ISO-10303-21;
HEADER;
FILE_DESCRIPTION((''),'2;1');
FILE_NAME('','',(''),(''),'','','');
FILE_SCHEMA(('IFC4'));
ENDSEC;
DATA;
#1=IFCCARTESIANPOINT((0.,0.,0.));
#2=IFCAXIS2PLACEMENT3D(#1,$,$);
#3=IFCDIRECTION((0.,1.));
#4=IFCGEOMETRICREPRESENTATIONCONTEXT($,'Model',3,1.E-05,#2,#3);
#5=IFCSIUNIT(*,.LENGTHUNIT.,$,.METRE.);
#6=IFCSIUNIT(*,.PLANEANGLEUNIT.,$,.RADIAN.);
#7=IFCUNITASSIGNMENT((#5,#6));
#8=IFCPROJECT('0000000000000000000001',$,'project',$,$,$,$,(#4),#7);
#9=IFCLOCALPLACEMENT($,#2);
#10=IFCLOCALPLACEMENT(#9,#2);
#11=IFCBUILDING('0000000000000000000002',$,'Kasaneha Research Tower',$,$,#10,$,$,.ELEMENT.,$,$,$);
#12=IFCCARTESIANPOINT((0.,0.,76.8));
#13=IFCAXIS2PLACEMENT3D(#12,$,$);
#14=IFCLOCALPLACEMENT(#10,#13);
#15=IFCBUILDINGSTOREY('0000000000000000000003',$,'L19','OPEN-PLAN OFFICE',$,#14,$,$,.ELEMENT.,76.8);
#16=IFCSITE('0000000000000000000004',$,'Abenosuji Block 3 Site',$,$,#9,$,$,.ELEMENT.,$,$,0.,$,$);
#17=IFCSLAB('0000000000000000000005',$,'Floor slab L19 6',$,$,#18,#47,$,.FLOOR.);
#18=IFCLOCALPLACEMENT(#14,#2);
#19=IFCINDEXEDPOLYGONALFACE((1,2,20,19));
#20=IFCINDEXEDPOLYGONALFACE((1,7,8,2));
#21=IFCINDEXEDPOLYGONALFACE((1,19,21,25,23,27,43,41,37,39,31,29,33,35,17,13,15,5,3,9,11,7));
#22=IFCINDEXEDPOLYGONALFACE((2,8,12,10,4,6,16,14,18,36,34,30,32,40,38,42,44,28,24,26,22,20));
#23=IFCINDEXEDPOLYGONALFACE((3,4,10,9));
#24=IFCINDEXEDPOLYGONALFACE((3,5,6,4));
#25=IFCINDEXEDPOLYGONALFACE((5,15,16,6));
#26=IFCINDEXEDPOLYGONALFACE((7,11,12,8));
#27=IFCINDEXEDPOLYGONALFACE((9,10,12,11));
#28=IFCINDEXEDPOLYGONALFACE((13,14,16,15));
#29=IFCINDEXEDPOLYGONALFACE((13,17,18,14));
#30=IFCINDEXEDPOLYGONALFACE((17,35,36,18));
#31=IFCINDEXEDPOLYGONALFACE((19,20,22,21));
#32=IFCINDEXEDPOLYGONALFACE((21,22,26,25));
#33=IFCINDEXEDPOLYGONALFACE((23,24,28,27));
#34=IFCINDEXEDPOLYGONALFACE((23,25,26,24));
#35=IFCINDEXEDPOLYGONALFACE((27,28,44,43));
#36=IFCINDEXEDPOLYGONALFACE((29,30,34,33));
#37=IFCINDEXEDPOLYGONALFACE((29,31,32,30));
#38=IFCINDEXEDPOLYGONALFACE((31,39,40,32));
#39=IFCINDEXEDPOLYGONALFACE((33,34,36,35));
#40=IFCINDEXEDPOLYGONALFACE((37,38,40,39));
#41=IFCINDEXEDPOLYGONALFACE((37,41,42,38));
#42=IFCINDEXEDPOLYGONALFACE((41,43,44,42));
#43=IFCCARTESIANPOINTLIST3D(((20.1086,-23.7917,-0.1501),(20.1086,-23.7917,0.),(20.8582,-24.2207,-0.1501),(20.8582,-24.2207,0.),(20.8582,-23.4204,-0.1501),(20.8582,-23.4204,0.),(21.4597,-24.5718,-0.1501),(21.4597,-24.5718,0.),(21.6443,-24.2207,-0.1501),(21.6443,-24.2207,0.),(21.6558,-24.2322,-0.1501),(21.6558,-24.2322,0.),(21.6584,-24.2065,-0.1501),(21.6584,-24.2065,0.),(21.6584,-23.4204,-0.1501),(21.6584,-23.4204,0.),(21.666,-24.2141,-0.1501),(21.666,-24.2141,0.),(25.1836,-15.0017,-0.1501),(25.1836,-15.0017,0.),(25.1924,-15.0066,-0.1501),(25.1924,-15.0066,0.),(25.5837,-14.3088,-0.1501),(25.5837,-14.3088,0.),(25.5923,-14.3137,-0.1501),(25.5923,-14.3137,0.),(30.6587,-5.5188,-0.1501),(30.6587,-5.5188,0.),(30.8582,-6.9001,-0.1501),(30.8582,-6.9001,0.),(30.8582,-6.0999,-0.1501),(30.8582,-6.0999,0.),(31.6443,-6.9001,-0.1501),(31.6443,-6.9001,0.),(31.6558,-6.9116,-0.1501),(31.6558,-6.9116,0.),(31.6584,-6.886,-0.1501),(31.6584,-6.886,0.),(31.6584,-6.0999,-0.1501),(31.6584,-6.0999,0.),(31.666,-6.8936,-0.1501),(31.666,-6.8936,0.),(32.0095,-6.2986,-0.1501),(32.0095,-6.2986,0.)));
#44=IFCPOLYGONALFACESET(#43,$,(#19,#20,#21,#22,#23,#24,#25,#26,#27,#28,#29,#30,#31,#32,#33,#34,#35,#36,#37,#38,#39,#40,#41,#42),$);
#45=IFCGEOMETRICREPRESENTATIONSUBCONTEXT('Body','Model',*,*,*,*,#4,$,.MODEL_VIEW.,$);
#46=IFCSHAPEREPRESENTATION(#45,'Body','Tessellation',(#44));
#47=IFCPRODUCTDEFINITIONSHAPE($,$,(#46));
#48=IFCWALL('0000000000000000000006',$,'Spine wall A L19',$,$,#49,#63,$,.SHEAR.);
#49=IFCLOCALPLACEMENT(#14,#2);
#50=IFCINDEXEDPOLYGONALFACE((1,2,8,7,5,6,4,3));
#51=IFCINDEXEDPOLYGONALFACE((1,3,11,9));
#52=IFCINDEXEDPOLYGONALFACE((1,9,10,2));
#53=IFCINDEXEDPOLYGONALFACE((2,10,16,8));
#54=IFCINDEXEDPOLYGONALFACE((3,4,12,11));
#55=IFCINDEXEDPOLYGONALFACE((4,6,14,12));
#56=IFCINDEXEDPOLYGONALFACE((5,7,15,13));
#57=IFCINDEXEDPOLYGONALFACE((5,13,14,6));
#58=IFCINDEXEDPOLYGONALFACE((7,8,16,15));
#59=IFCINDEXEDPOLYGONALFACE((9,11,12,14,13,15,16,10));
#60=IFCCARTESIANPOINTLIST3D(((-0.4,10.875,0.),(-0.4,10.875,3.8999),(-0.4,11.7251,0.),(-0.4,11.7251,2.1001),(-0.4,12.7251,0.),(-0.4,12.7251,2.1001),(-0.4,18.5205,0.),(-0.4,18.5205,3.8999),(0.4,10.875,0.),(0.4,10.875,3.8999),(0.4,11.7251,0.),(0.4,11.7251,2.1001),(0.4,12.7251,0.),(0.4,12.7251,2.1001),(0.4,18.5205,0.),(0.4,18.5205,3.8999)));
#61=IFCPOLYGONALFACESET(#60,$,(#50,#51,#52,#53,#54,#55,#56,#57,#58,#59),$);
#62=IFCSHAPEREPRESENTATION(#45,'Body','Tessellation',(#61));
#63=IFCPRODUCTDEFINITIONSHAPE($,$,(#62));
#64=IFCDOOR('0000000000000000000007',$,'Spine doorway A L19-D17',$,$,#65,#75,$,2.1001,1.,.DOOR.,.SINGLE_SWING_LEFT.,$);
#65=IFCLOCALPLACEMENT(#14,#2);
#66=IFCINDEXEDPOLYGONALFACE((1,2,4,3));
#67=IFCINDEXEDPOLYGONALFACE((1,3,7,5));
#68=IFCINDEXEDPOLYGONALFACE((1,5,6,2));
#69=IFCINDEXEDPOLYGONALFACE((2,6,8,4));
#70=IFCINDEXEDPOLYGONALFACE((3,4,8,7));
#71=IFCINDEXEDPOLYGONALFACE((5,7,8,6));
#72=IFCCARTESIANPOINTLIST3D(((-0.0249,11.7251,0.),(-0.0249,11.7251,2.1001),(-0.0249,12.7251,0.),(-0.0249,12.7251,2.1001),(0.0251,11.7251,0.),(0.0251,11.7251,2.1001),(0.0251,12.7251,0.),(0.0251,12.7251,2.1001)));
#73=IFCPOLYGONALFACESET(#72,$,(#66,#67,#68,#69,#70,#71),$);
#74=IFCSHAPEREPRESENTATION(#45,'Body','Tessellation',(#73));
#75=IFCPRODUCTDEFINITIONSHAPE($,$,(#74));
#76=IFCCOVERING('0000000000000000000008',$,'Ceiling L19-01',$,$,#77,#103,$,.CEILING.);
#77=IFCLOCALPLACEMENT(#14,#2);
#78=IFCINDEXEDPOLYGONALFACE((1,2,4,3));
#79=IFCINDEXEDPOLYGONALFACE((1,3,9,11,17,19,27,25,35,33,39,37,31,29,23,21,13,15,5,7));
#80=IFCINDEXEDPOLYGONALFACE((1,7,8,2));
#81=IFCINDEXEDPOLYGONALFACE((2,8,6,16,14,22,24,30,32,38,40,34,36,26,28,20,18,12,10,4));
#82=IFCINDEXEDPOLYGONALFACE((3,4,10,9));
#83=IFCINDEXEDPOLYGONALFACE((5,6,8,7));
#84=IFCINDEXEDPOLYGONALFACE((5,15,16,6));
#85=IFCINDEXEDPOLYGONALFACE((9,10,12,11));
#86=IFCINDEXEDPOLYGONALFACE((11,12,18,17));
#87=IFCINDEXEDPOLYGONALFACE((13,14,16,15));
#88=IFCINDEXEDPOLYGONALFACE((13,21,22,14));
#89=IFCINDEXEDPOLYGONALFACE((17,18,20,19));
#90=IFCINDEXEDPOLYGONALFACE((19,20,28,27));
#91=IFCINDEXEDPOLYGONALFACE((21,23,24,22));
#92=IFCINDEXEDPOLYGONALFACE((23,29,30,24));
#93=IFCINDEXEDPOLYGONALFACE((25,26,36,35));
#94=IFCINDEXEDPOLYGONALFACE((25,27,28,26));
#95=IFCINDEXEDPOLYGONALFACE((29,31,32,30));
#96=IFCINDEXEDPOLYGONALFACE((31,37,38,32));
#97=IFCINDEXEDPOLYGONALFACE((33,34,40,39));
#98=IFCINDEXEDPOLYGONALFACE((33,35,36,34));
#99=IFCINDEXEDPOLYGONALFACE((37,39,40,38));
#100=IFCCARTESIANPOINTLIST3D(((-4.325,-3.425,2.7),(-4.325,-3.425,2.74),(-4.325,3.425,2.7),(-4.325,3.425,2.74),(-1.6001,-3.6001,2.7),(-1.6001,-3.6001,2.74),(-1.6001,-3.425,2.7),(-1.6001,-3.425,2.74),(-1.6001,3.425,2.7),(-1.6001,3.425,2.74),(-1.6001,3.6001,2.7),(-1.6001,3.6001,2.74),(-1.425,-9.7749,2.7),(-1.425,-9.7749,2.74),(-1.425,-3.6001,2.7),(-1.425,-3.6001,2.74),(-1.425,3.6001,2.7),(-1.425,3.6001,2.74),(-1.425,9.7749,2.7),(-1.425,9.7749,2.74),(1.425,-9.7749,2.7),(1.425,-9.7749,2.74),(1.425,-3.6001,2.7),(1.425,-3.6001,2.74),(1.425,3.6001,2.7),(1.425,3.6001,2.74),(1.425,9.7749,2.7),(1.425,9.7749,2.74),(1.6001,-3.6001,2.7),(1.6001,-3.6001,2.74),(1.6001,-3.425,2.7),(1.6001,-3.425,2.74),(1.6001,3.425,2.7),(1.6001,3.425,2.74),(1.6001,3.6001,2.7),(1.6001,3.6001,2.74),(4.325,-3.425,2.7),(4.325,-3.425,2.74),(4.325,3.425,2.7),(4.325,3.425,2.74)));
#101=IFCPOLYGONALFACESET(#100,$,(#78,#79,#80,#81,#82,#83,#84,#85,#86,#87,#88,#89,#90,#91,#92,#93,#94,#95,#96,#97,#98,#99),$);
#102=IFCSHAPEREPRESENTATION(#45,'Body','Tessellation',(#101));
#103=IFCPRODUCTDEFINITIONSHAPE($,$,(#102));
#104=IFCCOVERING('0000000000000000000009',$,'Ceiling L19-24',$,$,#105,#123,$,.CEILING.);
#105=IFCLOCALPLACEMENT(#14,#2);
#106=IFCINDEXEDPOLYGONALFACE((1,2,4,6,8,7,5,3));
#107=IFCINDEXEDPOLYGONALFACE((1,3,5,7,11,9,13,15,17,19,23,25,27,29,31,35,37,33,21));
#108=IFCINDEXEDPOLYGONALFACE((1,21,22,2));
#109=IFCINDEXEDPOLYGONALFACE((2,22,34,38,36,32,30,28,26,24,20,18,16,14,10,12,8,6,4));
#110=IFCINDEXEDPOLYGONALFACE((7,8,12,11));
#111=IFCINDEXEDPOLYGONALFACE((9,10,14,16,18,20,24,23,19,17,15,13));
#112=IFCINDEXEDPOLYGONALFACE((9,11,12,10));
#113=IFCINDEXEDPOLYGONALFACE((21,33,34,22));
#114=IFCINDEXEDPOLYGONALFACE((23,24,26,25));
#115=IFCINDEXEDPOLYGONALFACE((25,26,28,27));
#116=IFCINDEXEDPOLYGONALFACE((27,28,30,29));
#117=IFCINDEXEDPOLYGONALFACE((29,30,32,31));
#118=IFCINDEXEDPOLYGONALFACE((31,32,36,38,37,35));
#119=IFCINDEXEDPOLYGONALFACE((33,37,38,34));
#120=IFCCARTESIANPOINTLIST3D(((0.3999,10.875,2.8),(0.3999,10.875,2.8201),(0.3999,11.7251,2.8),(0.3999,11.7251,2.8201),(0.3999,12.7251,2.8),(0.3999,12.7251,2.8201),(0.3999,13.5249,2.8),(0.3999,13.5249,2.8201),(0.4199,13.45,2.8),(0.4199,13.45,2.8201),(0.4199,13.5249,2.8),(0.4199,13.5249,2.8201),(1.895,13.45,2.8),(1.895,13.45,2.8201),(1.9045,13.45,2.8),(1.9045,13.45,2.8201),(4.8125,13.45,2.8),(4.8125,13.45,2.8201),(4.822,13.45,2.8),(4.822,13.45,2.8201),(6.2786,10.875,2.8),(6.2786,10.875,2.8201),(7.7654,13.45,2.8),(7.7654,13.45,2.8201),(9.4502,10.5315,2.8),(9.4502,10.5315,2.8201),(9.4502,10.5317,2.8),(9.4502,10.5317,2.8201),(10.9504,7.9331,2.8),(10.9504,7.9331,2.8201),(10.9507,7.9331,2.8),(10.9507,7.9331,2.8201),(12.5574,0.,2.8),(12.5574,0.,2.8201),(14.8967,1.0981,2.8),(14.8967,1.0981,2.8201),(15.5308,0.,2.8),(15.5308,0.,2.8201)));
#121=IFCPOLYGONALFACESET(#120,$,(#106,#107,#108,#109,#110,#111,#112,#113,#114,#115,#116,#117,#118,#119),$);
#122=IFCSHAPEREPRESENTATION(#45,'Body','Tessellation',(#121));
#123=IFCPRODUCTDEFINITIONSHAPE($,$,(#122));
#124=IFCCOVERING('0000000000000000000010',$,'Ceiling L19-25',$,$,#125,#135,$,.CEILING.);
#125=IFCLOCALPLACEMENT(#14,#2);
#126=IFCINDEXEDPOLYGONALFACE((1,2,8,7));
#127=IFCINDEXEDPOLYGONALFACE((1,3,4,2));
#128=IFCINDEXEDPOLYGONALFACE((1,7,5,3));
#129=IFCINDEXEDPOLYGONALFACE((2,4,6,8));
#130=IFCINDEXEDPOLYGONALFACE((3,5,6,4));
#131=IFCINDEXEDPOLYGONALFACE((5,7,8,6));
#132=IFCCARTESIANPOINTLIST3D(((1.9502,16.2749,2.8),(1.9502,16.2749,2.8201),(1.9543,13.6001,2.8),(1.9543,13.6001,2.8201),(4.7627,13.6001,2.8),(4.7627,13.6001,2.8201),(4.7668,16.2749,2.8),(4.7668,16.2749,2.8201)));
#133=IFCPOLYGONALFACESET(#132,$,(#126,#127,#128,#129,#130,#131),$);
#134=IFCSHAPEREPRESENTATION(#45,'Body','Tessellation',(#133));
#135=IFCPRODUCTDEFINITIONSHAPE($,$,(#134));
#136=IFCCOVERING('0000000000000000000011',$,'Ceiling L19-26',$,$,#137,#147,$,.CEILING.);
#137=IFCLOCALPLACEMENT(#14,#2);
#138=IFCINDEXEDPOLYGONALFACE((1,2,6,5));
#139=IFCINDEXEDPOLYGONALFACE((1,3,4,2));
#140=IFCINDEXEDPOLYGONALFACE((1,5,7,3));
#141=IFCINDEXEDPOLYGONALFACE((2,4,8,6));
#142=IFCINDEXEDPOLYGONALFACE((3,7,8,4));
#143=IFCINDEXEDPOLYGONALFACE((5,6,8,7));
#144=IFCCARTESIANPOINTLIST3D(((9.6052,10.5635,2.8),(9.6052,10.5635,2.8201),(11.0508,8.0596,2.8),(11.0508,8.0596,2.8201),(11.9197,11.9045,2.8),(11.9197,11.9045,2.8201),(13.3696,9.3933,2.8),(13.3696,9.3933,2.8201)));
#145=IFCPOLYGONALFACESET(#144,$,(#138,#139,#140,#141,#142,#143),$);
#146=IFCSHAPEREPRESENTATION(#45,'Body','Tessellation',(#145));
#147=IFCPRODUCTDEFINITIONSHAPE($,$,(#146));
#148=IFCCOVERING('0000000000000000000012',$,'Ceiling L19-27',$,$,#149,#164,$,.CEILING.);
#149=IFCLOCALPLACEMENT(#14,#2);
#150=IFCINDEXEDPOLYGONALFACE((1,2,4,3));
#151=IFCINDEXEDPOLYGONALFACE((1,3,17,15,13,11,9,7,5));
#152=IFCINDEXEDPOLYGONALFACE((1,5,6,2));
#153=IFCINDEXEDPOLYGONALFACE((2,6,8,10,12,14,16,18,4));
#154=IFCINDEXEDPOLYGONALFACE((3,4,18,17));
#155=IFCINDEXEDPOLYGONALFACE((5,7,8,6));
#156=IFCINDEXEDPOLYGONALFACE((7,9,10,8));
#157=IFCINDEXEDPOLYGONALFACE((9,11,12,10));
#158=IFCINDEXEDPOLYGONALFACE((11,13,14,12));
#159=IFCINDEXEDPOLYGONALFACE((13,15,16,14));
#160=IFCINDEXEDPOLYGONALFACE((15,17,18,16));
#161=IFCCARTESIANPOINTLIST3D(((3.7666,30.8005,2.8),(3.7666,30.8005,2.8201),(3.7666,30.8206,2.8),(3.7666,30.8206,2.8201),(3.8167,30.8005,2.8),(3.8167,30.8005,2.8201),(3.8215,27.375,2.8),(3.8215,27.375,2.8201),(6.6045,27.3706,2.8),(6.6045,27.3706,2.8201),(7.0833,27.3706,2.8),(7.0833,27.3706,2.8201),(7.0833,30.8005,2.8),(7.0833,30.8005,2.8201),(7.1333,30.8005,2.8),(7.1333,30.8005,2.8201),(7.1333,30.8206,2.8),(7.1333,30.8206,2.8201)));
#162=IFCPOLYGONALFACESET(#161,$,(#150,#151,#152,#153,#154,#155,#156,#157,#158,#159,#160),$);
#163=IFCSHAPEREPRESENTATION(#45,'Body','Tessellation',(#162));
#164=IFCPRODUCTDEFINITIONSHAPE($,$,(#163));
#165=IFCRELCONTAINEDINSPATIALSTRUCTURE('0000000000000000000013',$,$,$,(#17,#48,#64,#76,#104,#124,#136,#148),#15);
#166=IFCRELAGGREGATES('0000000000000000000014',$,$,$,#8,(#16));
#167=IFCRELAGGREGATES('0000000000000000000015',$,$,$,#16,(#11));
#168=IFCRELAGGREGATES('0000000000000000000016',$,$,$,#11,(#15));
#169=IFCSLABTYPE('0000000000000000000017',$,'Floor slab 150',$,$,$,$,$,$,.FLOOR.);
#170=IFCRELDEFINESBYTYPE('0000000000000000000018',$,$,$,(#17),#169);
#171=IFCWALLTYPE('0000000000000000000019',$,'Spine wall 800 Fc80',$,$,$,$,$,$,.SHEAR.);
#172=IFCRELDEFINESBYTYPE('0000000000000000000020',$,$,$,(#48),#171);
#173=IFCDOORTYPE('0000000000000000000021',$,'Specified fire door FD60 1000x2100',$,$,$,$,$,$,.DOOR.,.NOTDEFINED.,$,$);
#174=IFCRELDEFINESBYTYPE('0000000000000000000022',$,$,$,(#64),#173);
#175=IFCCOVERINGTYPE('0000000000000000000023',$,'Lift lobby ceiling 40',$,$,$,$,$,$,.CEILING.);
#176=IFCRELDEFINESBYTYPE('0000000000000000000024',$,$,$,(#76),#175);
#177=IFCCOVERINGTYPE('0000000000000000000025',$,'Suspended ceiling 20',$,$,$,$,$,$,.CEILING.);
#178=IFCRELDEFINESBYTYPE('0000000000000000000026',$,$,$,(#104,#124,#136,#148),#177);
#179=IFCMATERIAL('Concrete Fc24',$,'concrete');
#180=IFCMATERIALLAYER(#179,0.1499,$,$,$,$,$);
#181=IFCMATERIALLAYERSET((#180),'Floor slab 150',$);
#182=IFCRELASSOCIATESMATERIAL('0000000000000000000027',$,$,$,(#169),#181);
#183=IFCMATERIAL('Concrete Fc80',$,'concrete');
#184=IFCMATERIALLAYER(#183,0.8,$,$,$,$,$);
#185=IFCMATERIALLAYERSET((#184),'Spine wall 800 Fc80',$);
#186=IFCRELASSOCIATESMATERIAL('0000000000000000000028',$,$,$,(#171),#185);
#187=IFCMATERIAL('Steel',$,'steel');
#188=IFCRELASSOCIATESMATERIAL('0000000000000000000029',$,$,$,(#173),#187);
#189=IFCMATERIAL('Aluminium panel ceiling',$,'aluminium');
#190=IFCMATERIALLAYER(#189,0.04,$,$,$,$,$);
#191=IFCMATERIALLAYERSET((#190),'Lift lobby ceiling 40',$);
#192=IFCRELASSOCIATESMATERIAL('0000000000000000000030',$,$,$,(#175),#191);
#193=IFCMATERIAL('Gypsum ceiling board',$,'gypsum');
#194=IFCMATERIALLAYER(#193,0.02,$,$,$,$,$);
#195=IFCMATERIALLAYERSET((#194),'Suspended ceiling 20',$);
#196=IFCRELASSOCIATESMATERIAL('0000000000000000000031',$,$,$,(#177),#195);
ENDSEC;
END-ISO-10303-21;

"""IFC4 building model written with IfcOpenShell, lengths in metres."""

from ifc_helpers import new_model, si_unit, direction, frame, frame_2d, origin, place, context, subcontext, project, spatial, polyline, rectangle, outline, extrude, material, layer, layer_set, type_object, element, fill, save


model = new_model("IFC4")

# Units and contexts
model_context = context("Model", 3, precision=1e-05, world=origin(), true_north=direction((0.0, 1.0)))
body_context = subcontext(model_context, "Body", "Model", "MODEL_VIEW")
ifc_project = project(units=[si_unit("LENGTHUNIT", "METRE"), si_unit("PLANEANGLEUNIT", "RADIAN")], contexts=[model_context])

# Site, building, storey
site_placement = place(None, origin())
site = spatial("IfcSite", under=ifc_project, at=site_placement, Name="Abenosuji Block 3 Site", CompositionType="ELEMENT", RefElevation=0.0)
building_placement = place(site_placement, origin())
building = spatial("IfcBuilding", under=site, at=building_placement, Name="Kasaneha Research Tower", CompositionType="ELEMENT")
storey_placement = place(building_placement, frame((0.0, 0.0, 76.8)))
storey = spatial("IfcBuildingStorey", under=building, at=storey_placement, Name="L19", Description="OPEN-PLAN OFFICE", CompositionType="ELEMENT", Elevation=76.8)

# Slab
ifc_material_1 = material(Name="Concrete Fc24", Category="concrete")
ifc_layer_1 = layer(ifc_material_1, 0.1499)
ifc_layer_set_1 = layer_set([ifc_layer_1], Name="Floor slab 150")
slab_type_1 = type_object("IfcSlabType", Name="Floor slab 150", PredefinedType="FLOOR", material=ifc_layer_set_1)
slab_1_placement = place(storey_placement, frame((0.0, 0.0, -0.1501)))
element("IfcSlab", 1, at=slab_1_placement, inside=storey, type_object=slab_type_1, Name="Floor slab L19 6", PredefinedType="FLOOR", context=body_context, shape_type="SweptSolid", body=[
    extrude(outline(polyline([(25.1924, -15.0066), (25.5923, -14.3137), (25.5837, -14.3088), (30.6587, -5.5188), (32.0095, -6.2986), (31.666, -6.8936), (31.6584, -6.886), (31.6584, -6.0999), (30.8582, -6.0999), (30.8582, -6.9001), (31.6443, -6.9001), (31.6558, -6.9116), (21.666, -24.2141), (21.6584, -24.2065), (21.6584, -23.4204), (20.8582, -23.4204), (20.8582, -24.2207), (21.6443, -24.2207), (21.6558, -24.2322), (21.4597, -24.5718), (20.1086, -23.7917), (25.1836, -15.0017), (25.1924, -15.0066)])), origin(), (0.0, 0.0, 1.0), 0.1501),
])

# Wall, opening, door
ifc_material_2 = material(Name="Concrete Fc80", Category="concrete")
ifc_layer_2 = layer(ifc_material_2, 0.8)
ifc_layer_set_2 = layer_set([ifc_layer_2], Name="Spine wall 800 Fc80")
wall_type = type_object("IfcWallType", Name="Spine wall 800 Fc80", PredefinedType="SHEAR", material=ifc_layer_set_2)
wall_placement = place(storey_placement, frame((0.0, 10.875, 0.0), z_axis=(0.0, 0.0, 1.0), x_axis=(0.0, 1.0, 0.0)))
wall = element("IfcWall", 2, at=wall_placement, inside=storey, type_object=wall_type, Name="Spine wall A L19", PredefinedType="SHEAR", context=body_context, shape_type="SweptSolid", body=[
    extrude(rectangle(XDim=7.6455, YDim=0.8, at=frame_2d((3.8228, 0.0))), origin(), (0.0, 0.0, 1.0), 3.8999),
])
opening_placement = place(wall_placement, frame((0.8501, 0.0, 0.0)))
opening = element("IfcOpeningElement", 3, at=opening_placement, cuts=wall, PredefinedType="OPENING", context=body_context, shape_type="SweptSolid", body=[
    extrude(rectangle(XDim=1.0, YDim=2.1001, at=frame_2d((0.5, 1.05))), frame((0.0, 0.4102, 0.0), z_axis=(0.0, -1.0, 0.0), x_axis=(1.0, 0.0, 0.0)), (0.0, 0.0, 1.0), 0.8201),
])
ifc_material_3 = material(Name="Steel", Category="steel")
door_type = type_object("IfcDoorType", Name="Specified fire door FD60 1000x2100", OperationType="NOTDEFINED", PredefinedType="DOOR", material=ifc_material_3)
door_placement = place(opening_placement, origin())
door = element("IfcDoor", 4, at=door_placement, inside=storey, type_object=door_type, Name="Spine doorway A L19-D17", OperationType="SINGLE_SWING_LEFT", OverallHeight=2.1001, OverallWidth=1.0, PredefinedType="DOOR", context=body_context, shape_type="SweptSolid", body=[
    extrude(rectangle(XDim=1.0, YDim=2.1001, at=frame_2d((0.5, 1.05))), frame((0.0, 0.0249, 0.0), z_axis=(0.0, -1.0, 0.0), x_axis=(1.0, 0.0, 0.0)), (0.0, 0.0, 1.0), 0.05),
])
fill(opening, door)

# Coverings
ifc_material_4 = material(Name="Aluminium panel ceiling", Category="aluminium")
ifc_layer_3 = layer(ifc_material_4, 0.04)
ifc_layer_set_3 = layer_set([ifc_layer_3], Name="Lift lobby ceiling 40")
covering_type_1 = type_object("IfcCoveringType", Name="Lift lobby ceiling 40", PredefinedType="CEILING", material=ifc_layer_set_3)
covering_1_placement = place(storey_placement, frame((0.0, 0.0, 2.7)))
element("IfcCovering", 5, at=covering_1_placement, inside=storey, type_object=covering_type_1, Name="Ceiling L19-01", PredefinedType="CEILING", context=body_context, shape_type="SweptSolid", body=[
    extrude(outline(polyline([(1.425, 9.7749), (1.425, 3.6001), (1.6001, 3.6001), (1.6001, 3.425), (4.325, 3.425), (4.325, -3.425), (1.6001, -3.425), (1.6001, -3.6001), (1.425, -3.6001), (1.425, -9.7749), (-1.425, -9.7749), (-1.425, -3.6001), (-1.6001, -3.6001), (-1.6001, -3.425), (-4.325, -3.425), (-4.325, 3.425), (-1.6001, 3.425), (-1.6001, 3.6001), (-1.425, 3.6001), (-1.425, 9.7749), (1.425, 9.7749)])), origin(), (0.0, 0.0, 1.0), 0.04),
])
ifc_material_5 = material(Name="Gypsum ceiling board", Category="gypsum")
ifc_layer_4 = layer(ifc_material_5, 0.02)
ifc_layer_set_4 = layer_set([ifc_layer_4], Name="Suspended ceiling 20")
covering_type_2 = type_object("IfcCoveringType", Name="Suspended ceiling 20", PredefinedType="CEILING", material=ifc_layer_set_4)
covering_2_placement = place(storey_placement, frame((0.0, 0.0, 2.8)))
element("IfcCovering", 6, at=covering_2_placement, inside=storey, type_object=covering_type_2, Name="Ceiling L19-24", PredefinedType="CEILING", context=body_context, shape_type="SweptSolid", body=[
    extrude(outline(polyline([(6.2786, 10.875), (0.3999, 10.875), (0.3999, 11.7251), (0.3999, 12.7251), (0.3999, 13.5249), (0.4199, 13.5249), (0.4199, 13.45), (1.895, 13.45), (1.9045, 13.45), (4.8125, 13.45), (4.822, 13.45), (7.7654, 13.45), (9.4502, 10.5315), (9.4502, 10.5317), (10.9504, 7.9331), (10.9507, 7.9331), (14.8967, 1.0981), (14.8967, 1.0981), (15.5308, 0.0), (12.5574, 0.0), (6.2786, 10.875)])), origin(), (0.0, 0.0, 1.0), 0.02),
])
covering_3_placement = place(storey_placement, frame((0.0, 0.0, 2.8)))
element("IfcCovering", 7, at=covering_3_placement, inside=storey, type_object=covering_type_2, Name="Ceiling L19-25", PredefinedType="CEILING", context=body_context, shape_type="SweptSolid", body=[
    extrude(outline(polyline([(1.9543, 13.6001), (1.9502, 16.2749), (4.7668, 16.2749), (4.7627, 13.6001), (1.9543, 13.6001)])), origin(), (0.0, 0.0, 1.0), 0.02),
])
covering_4_placement = place(storey_placement, frame((0.0, 0.0, 2.8)))
element("IfcCovering", 8, at=covering_4_placement, inside=storey, type_object=covering_type_2, Name="Ceiling L19-26", PredefinedType="CEILING", context=body_context, shape_type="SweptSolid", body=[
    extrude(outline(polyline([(13.3696, 9.3933), (11.0508, 8.0596), (9.6052, 10.5635), (11.9197, 11.9045), (13.3696, 9.3933)])), origin(), (0.0, 0.0, 1.0), 0.02),
])
covering_5_placement = place(storey_placement, frame((0.0, 0.0, 2.8)))
element("IfcCovering", 9, at=covering_5_placement, inside=storey, type_object=covering_type_2, Name="Ceiling L19-27", PredefinedType="CEILING", context=body_context, shape_type="SweptSolid", body=[
    extrude(outline(polyline([(7.1333, 30.8206), (7.1333, 30.8005), (7.0833, 30.8005), (7.0833, 27.3706), (6.6045, 27.3706), (3.8215, 27.375), (3.8167, 30.8005), (3.7666, 30.8005), (3.7666, 30.8206), (7.1333, 30.8206)])), origin(), (0.0, 0.0, 1.0), 0.02),
])

save(model, "model.ifc")
